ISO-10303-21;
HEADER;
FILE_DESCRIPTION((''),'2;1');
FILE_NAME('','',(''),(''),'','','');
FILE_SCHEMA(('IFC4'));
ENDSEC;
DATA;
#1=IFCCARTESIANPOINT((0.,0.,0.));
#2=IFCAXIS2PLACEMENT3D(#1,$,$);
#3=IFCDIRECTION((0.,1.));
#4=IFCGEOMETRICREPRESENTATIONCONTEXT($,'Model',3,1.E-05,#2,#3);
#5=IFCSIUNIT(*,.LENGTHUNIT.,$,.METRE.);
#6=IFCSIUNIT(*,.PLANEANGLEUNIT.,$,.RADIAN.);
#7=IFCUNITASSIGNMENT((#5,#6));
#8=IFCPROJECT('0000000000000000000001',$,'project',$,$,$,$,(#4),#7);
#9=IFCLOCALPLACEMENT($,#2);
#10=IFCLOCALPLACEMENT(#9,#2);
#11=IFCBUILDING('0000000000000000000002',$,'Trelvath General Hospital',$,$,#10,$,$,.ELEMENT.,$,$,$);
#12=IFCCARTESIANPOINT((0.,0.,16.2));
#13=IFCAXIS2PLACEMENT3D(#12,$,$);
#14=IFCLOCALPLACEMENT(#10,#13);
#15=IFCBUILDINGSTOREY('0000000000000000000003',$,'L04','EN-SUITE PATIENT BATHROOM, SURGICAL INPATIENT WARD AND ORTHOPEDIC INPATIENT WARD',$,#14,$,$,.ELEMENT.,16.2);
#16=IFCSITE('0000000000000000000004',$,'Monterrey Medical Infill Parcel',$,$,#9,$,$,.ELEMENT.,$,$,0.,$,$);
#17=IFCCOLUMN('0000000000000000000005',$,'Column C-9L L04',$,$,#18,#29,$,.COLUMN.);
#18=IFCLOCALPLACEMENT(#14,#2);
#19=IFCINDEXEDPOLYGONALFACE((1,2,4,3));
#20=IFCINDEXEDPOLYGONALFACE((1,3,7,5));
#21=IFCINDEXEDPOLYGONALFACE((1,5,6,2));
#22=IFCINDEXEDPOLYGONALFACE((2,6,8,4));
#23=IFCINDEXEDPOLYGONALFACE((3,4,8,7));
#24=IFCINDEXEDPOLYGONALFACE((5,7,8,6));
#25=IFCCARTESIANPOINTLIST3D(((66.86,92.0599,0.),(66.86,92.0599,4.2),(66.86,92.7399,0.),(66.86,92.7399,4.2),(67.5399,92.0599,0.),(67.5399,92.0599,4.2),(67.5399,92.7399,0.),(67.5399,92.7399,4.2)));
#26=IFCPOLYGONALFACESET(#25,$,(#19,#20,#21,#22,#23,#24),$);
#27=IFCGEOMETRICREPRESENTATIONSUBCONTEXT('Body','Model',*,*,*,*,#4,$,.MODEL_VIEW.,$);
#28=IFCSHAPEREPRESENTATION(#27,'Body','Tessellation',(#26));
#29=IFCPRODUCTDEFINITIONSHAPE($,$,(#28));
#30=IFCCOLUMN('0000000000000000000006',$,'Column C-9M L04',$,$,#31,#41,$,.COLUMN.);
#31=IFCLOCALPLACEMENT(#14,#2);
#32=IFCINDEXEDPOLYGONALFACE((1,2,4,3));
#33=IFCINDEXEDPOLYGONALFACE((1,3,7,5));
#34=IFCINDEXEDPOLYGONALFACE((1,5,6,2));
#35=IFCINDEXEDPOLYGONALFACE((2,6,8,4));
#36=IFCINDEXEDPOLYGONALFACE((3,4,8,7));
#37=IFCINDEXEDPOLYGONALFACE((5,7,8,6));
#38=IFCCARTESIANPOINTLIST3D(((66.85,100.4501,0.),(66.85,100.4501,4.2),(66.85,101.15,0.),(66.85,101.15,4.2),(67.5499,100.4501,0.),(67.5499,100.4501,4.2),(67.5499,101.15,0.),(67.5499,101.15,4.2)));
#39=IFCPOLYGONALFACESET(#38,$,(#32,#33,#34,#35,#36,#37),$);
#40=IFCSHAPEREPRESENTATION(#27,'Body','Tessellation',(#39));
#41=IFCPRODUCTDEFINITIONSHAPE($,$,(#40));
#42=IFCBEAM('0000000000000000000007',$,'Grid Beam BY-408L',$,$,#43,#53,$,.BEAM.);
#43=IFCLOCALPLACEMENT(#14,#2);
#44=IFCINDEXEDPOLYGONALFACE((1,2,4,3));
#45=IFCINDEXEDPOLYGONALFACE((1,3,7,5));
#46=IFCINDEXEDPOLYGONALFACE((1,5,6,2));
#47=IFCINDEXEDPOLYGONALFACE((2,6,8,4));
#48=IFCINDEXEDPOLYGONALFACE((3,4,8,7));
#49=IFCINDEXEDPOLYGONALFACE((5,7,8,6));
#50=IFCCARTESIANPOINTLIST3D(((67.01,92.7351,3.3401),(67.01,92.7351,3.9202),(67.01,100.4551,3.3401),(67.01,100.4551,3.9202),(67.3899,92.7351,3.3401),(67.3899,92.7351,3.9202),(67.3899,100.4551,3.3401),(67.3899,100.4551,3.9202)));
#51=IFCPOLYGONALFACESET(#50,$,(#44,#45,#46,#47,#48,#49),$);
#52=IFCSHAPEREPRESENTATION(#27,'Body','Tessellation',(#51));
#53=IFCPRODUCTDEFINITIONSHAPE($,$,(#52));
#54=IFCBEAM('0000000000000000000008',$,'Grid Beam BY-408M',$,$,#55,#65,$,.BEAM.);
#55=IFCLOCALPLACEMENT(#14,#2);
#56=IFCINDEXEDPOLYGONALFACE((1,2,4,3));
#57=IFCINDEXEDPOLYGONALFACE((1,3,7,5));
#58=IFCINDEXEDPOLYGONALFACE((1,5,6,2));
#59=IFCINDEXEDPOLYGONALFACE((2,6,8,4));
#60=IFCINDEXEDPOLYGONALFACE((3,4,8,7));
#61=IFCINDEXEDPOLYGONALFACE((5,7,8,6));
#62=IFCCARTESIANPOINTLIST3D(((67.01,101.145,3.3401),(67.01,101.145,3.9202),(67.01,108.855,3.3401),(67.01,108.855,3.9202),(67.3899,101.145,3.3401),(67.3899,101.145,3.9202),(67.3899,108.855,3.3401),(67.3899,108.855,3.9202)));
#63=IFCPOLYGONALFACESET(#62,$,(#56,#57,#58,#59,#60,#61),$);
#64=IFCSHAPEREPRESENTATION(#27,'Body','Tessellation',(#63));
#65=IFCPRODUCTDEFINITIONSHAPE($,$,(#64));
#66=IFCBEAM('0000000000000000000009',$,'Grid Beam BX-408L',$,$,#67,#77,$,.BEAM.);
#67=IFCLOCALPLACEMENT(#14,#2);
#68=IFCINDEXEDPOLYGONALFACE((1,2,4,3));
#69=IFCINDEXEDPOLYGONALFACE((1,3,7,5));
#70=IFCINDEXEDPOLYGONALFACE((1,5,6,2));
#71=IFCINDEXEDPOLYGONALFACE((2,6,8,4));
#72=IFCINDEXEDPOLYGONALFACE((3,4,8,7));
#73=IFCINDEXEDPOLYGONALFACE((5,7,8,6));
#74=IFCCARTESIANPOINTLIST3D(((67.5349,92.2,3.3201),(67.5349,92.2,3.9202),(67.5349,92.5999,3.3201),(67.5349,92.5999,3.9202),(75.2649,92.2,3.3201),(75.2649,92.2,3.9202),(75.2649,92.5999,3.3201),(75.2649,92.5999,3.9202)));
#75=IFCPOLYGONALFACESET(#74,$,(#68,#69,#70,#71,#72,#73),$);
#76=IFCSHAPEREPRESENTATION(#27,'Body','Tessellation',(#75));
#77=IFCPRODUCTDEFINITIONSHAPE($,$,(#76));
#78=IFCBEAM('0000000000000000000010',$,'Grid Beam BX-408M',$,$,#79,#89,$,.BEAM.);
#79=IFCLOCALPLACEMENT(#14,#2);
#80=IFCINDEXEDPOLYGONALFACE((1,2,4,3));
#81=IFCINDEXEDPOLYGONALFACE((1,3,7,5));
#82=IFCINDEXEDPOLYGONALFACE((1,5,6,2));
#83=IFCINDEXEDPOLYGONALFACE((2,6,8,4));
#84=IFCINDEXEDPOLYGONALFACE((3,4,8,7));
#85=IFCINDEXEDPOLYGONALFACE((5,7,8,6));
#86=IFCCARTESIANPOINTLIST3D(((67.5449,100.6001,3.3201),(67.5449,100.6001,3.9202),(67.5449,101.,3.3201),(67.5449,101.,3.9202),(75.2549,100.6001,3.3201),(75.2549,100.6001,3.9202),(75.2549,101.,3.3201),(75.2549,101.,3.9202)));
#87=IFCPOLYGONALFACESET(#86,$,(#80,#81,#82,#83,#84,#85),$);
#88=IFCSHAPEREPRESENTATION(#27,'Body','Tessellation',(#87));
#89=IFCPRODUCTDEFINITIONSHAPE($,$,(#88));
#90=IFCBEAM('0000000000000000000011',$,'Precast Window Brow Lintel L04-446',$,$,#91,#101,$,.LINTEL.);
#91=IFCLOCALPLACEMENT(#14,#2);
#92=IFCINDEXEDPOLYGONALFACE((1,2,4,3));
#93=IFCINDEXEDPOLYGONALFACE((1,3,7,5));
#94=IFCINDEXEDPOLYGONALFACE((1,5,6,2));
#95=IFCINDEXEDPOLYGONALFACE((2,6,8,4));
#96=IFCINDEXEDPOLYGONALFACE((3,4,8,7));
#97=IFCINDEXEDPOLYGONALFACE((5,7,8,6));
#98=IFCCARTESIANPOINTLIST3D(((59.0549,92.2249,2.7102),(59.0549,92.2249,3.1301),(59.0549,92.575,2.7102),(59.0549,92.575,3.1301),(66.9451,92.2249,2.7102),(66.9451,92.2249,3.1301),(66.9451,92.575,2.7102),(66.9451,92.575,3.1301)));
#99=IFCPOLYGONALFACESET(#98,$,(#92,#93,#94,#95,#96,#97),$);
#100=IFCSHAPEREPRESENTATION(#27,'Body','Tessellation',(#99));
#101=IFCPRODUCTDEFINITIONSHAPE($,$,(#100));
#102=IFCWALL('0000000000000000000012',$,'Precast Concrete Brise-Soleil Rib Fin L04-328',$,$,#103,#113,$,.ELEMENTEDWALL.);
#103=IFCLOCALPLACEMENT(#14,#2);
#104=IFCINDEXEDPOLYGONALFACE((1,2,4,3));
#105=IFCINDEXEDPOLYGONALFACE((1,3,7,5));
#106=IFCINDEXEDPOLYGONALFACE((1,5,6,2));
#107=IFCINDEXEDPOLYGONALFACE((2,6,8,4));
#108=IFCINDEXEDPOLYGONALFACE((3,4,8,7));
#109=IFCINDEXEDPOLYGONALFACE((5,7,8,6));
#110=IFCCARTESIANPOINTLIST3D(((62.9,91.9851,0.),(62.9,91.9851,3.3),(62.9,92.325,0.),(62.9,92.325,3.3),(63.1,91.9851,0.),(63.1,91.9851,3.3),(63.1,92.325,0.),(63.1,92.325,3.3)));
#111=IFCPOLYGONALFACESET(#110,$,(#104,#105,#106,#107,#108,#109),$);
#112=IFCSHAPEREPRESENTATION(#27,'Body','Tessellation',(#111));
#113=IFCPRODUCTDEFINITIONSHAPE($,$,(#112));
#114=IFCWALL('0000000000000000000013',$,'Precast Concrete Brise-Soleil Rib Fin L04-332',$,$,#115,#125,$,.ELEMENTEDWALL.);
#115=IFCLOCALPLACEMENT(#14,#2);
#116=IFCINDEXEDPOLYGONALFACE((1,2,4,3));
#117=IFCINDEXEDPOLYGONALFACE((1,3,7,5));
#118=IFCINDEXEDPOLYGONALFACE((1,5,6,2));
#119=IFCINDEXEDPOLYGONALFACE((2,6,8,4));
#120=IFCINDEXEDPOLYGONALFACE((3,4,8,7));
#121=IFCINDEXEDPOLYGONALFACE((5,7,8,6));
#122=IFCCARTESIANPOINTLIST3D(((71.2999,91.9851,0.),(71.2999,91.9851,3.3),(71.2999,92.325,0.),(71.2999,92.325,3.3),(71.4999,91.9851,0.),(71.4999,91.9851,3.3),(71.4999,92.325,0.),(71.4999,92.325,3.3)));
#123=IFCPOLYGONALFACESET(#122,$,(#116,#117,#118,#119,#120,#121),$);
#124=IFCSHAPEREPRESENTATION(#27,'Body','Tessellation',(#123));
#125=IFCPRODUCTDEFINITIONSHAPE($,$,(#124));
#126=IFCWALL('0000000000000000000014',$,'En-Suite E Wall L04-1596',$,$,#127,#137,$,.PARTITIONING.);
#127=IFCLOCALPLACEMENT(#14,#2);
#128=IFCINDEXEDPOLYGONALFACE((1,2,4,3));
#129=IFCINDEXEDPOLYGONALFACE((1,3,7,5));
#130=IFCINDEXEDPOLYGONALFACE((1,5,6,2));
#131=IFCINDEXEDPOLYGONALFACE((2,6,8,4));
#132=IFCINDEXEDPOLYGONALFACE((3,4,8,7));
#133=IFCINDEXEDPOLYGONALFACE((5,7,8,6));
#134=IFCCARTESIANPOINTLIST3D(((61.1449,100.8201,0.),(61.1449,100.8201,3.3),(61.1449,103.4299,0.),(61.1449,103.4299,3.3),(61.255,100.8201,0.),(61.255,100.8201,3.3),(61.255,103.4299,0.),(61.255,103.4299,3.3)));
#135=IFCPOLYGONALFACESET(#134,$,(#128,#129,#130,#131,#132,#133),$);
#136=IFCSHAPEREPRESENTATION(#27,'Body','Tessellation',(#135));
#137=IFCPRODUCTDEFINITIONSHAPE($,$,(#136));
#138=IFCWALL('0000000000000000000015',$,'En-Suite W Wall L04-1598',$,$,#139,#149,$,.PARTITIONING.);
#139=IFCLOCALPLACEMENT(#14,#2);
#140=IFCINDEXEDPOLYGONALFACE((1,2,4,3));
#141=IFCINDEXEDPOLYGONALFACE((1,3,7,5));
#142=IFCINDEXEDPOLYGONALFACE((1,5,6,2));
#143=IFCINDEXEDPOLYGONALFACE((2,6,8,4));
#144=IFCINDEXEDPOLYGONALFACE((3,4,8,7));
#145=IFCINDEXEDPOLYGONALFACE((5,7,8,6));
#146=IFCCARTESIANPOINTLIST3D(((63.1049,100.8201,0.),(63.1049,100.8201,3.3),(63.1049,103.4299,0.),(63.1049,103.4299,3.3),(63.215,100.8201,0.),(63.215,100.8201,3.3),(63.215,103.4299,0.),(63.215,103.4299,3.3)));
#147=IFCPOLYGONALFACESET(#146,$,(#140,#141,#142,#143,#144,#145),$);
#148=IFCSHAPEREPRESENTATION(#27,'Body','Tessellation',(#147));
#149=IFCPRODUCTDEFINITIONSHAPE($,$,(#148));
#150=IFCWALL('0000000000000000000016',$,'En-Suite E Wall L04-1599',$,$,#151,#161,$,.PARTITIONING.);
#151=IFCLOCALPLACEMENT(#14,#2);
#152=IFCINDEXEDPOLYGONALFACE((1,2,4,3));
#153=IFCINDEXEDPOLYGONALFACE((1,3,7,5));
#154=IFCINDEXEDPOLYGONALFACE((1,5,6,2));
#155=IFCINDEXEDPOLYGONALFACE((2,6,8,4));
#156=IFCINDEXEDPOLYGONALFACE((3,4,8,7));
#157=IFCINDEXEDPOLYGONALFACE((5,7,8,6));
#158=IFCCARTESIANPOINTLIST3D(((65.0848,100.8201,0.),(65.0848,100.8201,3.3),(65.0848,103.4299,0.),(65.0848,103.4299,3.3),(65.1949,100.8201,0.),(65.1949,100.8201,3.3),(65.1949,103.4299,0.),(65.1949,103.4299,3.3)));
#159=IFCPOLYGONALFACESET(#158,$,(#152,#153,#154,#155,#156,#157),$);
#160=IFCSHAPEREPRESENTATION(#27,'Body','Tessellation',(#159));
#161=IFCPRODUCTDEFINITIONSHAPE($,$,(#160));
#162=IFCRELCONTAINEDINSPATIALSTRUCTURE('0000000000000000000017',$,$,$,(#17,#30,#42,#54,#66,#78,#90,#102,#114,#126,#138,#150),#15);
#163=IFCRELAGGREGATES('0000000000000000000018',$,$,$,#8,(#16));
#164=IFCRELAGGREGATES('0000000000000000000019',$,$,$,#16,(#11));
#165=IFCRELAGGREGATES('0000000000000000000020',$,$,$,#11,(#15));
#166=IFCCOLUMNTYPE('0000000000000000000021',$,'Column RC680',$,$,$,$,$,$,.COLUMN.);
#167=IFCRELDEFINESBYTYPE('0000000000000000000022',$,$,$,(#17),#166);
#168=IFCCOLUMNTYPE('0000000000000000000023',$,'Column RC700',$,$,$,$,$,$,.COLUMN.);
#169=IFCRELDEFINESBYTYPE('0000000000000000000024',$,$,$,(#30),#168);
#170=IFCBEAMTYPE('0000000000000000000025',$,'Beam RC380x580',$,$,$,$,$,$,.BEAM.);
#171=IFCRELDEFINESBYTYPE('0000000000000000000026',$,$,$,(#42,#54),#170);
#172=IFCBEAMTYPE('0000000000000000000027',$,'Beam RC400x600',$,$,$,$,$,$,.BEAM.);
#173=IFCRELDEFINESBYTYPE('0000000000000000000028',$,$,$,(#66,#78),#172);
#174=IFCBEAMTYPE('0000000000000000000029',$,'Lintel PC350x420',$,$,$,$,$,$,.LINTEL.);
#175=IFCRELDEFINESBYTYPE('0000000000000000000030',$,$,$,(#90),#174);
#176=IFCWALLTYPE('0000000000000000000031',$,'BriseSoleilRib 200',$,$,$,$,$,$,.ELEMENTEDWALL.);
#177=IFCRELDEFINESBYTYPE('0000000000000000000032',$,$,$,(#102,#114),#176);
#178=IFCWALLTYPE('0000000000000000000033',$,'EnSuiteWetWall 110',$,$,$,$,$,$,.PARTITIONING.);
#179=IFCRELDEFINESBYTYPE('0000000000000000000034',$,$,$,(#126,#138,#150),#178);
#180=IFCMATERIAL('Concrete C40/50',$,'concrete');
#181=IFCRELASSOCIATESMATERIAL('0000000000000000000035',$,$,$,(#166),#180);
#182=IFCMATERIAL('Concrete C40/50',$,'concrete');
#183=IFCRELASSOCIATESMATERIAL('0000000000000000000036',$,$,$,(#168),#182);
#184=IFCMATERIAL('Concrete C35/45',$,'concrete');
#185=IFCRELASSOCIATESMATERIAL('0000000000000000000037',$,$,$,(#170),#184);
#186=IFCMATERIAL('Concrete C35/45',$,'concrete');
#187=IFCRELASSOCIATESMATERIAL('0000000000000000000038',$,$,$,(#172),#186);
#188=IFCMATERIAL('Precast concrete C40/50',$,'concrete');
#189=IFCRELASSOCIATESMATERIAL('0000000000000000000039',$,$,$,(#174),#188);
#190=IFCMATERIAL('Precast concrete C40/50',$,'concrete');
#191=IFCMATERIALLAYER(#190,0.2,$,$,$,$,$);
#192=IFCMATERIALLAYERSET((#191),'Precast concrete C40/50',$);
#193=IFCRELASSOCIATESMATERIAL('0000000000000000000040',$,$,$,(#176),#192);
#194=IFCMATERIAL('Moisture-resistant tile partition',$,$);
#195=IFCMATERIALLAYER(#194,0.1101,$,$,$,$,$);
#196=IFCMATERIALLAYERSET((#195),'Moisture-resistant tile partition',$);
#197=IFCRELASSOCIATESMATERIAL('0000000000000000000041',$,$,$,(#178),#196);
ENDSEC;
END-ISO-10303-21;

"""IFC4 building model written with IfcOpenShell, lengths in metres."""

from ifc_helpers import new_model, si_unit, direction, frame, frame_2d, origin, origin_2d, place, context, subcontext, project, spatial, rectangle, extrude, material, layer, layer_set, material_profile, profile_set, type_object, element, save


model = new_model("IFC4")

# Units and contexts
model_context = context("Model", 3, precision=1e-05, world=origin(), true_north=direction((0.0, 1.0)))
body_context = subcontext(model_context, "Body", "Model", "MODEL_VIEW")
ifc_project = project(units=[si_unit("LENGTHUNIT", "METRE"), si_unit("PLANEANGLEUNIT", "RADIAN")], contexts=[model_context])

# Site, building, storey
site_placement = place(None, origin())
site = spatial("IfcSite", under=ifc_project, at=site_placement, Name="Monterrey Medical Infill Parcel", CompositionType="ELEMENT", RefElevation=0.0)
building_placement = place(site_placement, origin())
building = spatial("IfcBuilding", under=site, at=building_placement, Name="Trelvath General Hospital", CompositionType="ELEMENT")
storey_placement = place(building_placement, frame((0.0, 0.0, 16.2)))
storey = spatial("IfcBuildingStorey", under=building, at=storey_placement, Name="L04", Description="EN-SUITE PATIENT BATHROOM, SURGICAL INPATIENT WARD AND ORTHOPEDIC INPATIENT WARD", CompositionType="ELEMENT", Elevation=16.2)

# Columns
ifc_material_1 = material(Name="Concrete C40/50", Category="concrete")
ifc_material_profile_1 = material_profile(ifc_material_1, rectangle(XDim=0.6799, YDim=0.6799, at=origin_2d()), Name="RC680x680")
ifc_profile_set_1 = profile_set([ifc_material_profile_1], Name="Concrete C40/50")
column_type_1 = type_object("IfcColumnType", Name="Column RC680", PredefinedType="COLUMN", material=ifc_profile_set_1)
column_1_placement = place(storey_placement, frame((67.2, 92.3999, 0.0), z_axis=(0.0, 0.0, 1.0), x_axis=(1.0, 0.0, 0.0)))
element("IfcColumn", 1, at=column_1_placement, inside=storey, type_object=column_type_1, Name="Column C-9L L04", PredefinedType="COLUMN", context=body_context, shape_type="SweptSolid", body=[
    extrude(rectangle(XDim=0.6799, YDim=0.6799, at=origin_2d()), origin(), (0.0, 0.0, 1.0), 4.2),
])
ifc_material_2 = material(Name="Concrete C40/50", Category="concrete")
ifc_material_profile_2 = material_profile(ifc_material_2, rectangle(XDim=0.7, YDim=0.7, at=origin_2d()), Name="RC700x700")
ifc_profile_set_2 = profile_set([ifc_material_profile_2], Name="Concrete C40/50")
column_type_2 = type_object("IfcColumnType", Name="Column RC700", PredefinedType="COLUMN", material=ifc_profile_set_2)
column_2_placement = place(storey_placement, frame((67.2, 100.8, 0.0), z_axis=(0.0, 0.0, 1.0), x_axis=(1.0, 0.0, 0.0)))
element("IfcColumn", 2, at=column_2_placement, inside=storey, type_object=column_type_2, Name="Column C-9M L04", PredefinedType="COLUMN", context=body_context, shape_type="SweptSolid", body=[
    extrude(rectangle(XDim=0.7, YDim=0.7, at=origin_2d()), origin(), (0.0, 0.0, 1.0), 4.2),
])

# Beams
ifc_material_3 = material(Name="Concrete C35/45", Category="concrete")
ifc_material_profile_3 = material_profile(ifc_material_3, rectangle(XDim=0.3799, YDim=0.5801, at=origin_2d()), Name="RCB380x580")
ifc_profile_set_3 = profile_set([ifc_material_profile_3], Name="Concrete C35/45")
beam_type_1 = type_object("IfcBeamType", Name="Beam RC380x580", PredefinedType="BEAM", material=ifc_profile_set_3)
beam_1_placement = place(storey_placement, frame((67.2, 92.7351, 3.6301), z_axis=(0.0, 1.0, 0.0), x_axis=(-1.0, 0.0, 0.0)))
element("IfcBeam", 3, at=beam_1_placement, inside=storey, type_object=beam_type_1, Name="Grid Beam BY-408L", PredefinedType="BEAM", context=body_context, shape_type="SweptSolid", body=[
    extrude(rectangle(XDim=0.3799, YDim=0.5801, at=origin_2d()), origin(), (0.0, 0.0, 1.0), 7.72),
])
beam_2_placement = place(storey_placement, frame((67.2, 101.145, 3.6301), z_axis=(0.0, 1.0, 0.0), x_axis=(-1.0, 0.0, 0.0)))
element("IfcBeam", 4, at=beam_2_placement, inside=storey, type_object=beam_type_1, Name="Grid Beam BY-408M", PredefinedType="BEAM", context=body_context, shape_type="SweptSolid", body=[
    extrude(rectangle(XDim=0.3799, YDim=0.5801, at=origin_2d()), origin(), (0.0, 0.0, 1.0), 7.71),
])
ifc_material_4 = material(Name="Concrete C35/45", Category="concrete")
ifc_material_profile_4 = material_profile(ifc_material_4, rectangle(XDim=0.3999, YDim=0.6001, at=origin_2d()), Name="RCB400x600")
ifc_profile_set_4 = profile_set([ifc_material_profile_4], Name="Concrete C35/45")
beam_type_2 = type_object("IfcBeamType", Name="Beam RC400x600", PredefinedType="BEAM", material=ifc_profile_set_4)
beam_3_placement = place(storey_placement, frame((67.5349, 92.3999, 3.6201), z_axis=(1.0, 0.0, 0.0), x_axis=(0.0, 1.0, 0.0)))
element("IfcBeam", 5, at=beam_3_placement, inside=storey, type_object=beam_type_2, Name="Grid Beam BX-408L", PredefinedType="BEAM", context=body_context, shape_type="SweptSolid", body=[
    extrude(rectangle(XDim=0.3999, YDim=0.6001, at=origin_2d()), origin(), (0.0, 0.0, 1.0), 7.73),
])
beam_4_placement = place(storey_placement, frame((67.5449, 100.8, 3.6201), z_axis=(1.0, 0.0, 0.0), x_axis=(0.0, 1.0, 0.0)))
element("IfcBeam", 6, at=beam_4_placement, inside=storey, type_object=beam_type_2, Name="Grid Beam BX-408M", PredefinedType="BEAM", context=body_context, shape_type="SweptSolid", body=[
    extrude(rectangle(XDim=0.3999, YDim=0.6001, at=origin_2d()), origin(), (0.0, 0.0, 1.0), 7.71),
])
ifc_material_5 = material(Name="Precast concrete C40/50", Category="concrete")
ifc_material_profile_5 = material_profile(ifc_material_5, rectangle(XDim=0.3501, YDim=0.4199, at=origin_2d()), Name="PCL350x420")
ifc_profile_set_5 = profile_set([ifc_material_profile_5], Name="Precast concrete C40/50")
beam_type_3 = type_object("IfcBeamType", Name="Lintel PC350x420", PredefinedType="LINTEL", material=ifc_profile_set_5)
beam_5_placement = place(storey_placement, frame((66.9451, 92.3999, 2.9202), z_axis=(-1.0, 0.0, 0.0), x_axis=(0.0, -1.0, 0.0)))
element("IfcBeam", 7, at=beam_5_placement, inside=storey, type_object=beam_type_3, Name="Precast Window Brow Lintel L04-446", PredefinedType="LINTEL", context=body_context, shape_type="SweptSolid", body=[
    extrude(rectangle(XDim=0.3501, YDim=0.4199, at=origin_2d()), origin(), (0.0, 0.0, 1.0), 7.8901),
])

# Walls
ifc_material_6 = material(Name="Precast concrete C40/50", Category="concrete")
ifc_layer_1 = layer(ifc_material_6, 0.2)
ifc_layer_set_1 = layer_set([ifc_layer_1], Name="Precast concrete C40/50")
wall_type_1 = type_object("IfcWallType", Name="BriseSoleilRib 200", PredefinedType="ELEMENTEDWALL", material=ifc_layer_set_1)
for number, where, z_axis, x_axis, name in (
    (8, (63.0, 92.325, 0.0), (0.0, 0.0, 1.0), (0.0, -1.0, 0.0), "Precast Concrete Brise-Soleil Rib Fin L04-328"),
    (9, (71.3999, 92.325, 0.0), (0.0, 0.0, 1.0), (0.0, -1.0, 0.0), "Precast Concrete Brise-Soleil Rib Fin L04-332"),
):
    element("IfcWall", number, at=place(storey_placement, frame(where, z_axis=z_axis, x_axis=x_axis)), inside=storey, type_object=wall_type_1, Name=name, PredefinedType="ELEMENTEDWALL", context=body_context, shape_type="SweptSolid", body=[
        extrude(rectangle(XDim=0.3398, YDim=0.2, at=frame_2d((0.1699, 0.0))), origin(), (0.0, 0.0, 1.0), 3.3),
    ])
ifc_material_7 = material(Name="Moisture-resistant tile partition")
ifc_layer_2 = layer(ifc_material_7, 0.1101)
ifc_layer_set_2 = layer_set([ifc_layer_2], Name="Moisture-resistant tile partition")
wall_type_2 = type_object("IfcWallType", Name="EnSuiteWetWall 110", PredefinedType="PARTITIONING", material=ifc_layer_set_2)
for number, where, z_axis, x_axis, name in (
    (10, (61.2, 100.8201, 0.0), (0.0, 0.0, 1.0), (0.0, 1.0, 0.0), "En-Suite E Wall L04-1596"),
    (11, (63.1599, 100.8201, 0.0), (0.0, 0.0, 1.0), (0.0, 1.0, 0.0), "En-Suite W Wall L04-1598"),
    (12, (65.1399, 100.8201, 0.0), (0.0, 0.0, 1.0), (0.0, 1.0, 0.0), "En-Suite E Wall L04-1599"),
):
    element("IfcWall", number, at=place(storey_placement, frame(where, z_axis=z_axis, x_axis=x_axis)), inside=storey, type_object=wall_type_2, Name=name, PredefinedType="PARTITIONING", context=body_context, shape_type="SweptSolid", body=[
        extrude(rectangle(XDim=2.6099, YDim=0.1101, at=frame_2d((1.3049, 0.0))), origin(), (0.0, 0.0, 1.0), 3.3),
    ])

save(model, "model.ifc")
